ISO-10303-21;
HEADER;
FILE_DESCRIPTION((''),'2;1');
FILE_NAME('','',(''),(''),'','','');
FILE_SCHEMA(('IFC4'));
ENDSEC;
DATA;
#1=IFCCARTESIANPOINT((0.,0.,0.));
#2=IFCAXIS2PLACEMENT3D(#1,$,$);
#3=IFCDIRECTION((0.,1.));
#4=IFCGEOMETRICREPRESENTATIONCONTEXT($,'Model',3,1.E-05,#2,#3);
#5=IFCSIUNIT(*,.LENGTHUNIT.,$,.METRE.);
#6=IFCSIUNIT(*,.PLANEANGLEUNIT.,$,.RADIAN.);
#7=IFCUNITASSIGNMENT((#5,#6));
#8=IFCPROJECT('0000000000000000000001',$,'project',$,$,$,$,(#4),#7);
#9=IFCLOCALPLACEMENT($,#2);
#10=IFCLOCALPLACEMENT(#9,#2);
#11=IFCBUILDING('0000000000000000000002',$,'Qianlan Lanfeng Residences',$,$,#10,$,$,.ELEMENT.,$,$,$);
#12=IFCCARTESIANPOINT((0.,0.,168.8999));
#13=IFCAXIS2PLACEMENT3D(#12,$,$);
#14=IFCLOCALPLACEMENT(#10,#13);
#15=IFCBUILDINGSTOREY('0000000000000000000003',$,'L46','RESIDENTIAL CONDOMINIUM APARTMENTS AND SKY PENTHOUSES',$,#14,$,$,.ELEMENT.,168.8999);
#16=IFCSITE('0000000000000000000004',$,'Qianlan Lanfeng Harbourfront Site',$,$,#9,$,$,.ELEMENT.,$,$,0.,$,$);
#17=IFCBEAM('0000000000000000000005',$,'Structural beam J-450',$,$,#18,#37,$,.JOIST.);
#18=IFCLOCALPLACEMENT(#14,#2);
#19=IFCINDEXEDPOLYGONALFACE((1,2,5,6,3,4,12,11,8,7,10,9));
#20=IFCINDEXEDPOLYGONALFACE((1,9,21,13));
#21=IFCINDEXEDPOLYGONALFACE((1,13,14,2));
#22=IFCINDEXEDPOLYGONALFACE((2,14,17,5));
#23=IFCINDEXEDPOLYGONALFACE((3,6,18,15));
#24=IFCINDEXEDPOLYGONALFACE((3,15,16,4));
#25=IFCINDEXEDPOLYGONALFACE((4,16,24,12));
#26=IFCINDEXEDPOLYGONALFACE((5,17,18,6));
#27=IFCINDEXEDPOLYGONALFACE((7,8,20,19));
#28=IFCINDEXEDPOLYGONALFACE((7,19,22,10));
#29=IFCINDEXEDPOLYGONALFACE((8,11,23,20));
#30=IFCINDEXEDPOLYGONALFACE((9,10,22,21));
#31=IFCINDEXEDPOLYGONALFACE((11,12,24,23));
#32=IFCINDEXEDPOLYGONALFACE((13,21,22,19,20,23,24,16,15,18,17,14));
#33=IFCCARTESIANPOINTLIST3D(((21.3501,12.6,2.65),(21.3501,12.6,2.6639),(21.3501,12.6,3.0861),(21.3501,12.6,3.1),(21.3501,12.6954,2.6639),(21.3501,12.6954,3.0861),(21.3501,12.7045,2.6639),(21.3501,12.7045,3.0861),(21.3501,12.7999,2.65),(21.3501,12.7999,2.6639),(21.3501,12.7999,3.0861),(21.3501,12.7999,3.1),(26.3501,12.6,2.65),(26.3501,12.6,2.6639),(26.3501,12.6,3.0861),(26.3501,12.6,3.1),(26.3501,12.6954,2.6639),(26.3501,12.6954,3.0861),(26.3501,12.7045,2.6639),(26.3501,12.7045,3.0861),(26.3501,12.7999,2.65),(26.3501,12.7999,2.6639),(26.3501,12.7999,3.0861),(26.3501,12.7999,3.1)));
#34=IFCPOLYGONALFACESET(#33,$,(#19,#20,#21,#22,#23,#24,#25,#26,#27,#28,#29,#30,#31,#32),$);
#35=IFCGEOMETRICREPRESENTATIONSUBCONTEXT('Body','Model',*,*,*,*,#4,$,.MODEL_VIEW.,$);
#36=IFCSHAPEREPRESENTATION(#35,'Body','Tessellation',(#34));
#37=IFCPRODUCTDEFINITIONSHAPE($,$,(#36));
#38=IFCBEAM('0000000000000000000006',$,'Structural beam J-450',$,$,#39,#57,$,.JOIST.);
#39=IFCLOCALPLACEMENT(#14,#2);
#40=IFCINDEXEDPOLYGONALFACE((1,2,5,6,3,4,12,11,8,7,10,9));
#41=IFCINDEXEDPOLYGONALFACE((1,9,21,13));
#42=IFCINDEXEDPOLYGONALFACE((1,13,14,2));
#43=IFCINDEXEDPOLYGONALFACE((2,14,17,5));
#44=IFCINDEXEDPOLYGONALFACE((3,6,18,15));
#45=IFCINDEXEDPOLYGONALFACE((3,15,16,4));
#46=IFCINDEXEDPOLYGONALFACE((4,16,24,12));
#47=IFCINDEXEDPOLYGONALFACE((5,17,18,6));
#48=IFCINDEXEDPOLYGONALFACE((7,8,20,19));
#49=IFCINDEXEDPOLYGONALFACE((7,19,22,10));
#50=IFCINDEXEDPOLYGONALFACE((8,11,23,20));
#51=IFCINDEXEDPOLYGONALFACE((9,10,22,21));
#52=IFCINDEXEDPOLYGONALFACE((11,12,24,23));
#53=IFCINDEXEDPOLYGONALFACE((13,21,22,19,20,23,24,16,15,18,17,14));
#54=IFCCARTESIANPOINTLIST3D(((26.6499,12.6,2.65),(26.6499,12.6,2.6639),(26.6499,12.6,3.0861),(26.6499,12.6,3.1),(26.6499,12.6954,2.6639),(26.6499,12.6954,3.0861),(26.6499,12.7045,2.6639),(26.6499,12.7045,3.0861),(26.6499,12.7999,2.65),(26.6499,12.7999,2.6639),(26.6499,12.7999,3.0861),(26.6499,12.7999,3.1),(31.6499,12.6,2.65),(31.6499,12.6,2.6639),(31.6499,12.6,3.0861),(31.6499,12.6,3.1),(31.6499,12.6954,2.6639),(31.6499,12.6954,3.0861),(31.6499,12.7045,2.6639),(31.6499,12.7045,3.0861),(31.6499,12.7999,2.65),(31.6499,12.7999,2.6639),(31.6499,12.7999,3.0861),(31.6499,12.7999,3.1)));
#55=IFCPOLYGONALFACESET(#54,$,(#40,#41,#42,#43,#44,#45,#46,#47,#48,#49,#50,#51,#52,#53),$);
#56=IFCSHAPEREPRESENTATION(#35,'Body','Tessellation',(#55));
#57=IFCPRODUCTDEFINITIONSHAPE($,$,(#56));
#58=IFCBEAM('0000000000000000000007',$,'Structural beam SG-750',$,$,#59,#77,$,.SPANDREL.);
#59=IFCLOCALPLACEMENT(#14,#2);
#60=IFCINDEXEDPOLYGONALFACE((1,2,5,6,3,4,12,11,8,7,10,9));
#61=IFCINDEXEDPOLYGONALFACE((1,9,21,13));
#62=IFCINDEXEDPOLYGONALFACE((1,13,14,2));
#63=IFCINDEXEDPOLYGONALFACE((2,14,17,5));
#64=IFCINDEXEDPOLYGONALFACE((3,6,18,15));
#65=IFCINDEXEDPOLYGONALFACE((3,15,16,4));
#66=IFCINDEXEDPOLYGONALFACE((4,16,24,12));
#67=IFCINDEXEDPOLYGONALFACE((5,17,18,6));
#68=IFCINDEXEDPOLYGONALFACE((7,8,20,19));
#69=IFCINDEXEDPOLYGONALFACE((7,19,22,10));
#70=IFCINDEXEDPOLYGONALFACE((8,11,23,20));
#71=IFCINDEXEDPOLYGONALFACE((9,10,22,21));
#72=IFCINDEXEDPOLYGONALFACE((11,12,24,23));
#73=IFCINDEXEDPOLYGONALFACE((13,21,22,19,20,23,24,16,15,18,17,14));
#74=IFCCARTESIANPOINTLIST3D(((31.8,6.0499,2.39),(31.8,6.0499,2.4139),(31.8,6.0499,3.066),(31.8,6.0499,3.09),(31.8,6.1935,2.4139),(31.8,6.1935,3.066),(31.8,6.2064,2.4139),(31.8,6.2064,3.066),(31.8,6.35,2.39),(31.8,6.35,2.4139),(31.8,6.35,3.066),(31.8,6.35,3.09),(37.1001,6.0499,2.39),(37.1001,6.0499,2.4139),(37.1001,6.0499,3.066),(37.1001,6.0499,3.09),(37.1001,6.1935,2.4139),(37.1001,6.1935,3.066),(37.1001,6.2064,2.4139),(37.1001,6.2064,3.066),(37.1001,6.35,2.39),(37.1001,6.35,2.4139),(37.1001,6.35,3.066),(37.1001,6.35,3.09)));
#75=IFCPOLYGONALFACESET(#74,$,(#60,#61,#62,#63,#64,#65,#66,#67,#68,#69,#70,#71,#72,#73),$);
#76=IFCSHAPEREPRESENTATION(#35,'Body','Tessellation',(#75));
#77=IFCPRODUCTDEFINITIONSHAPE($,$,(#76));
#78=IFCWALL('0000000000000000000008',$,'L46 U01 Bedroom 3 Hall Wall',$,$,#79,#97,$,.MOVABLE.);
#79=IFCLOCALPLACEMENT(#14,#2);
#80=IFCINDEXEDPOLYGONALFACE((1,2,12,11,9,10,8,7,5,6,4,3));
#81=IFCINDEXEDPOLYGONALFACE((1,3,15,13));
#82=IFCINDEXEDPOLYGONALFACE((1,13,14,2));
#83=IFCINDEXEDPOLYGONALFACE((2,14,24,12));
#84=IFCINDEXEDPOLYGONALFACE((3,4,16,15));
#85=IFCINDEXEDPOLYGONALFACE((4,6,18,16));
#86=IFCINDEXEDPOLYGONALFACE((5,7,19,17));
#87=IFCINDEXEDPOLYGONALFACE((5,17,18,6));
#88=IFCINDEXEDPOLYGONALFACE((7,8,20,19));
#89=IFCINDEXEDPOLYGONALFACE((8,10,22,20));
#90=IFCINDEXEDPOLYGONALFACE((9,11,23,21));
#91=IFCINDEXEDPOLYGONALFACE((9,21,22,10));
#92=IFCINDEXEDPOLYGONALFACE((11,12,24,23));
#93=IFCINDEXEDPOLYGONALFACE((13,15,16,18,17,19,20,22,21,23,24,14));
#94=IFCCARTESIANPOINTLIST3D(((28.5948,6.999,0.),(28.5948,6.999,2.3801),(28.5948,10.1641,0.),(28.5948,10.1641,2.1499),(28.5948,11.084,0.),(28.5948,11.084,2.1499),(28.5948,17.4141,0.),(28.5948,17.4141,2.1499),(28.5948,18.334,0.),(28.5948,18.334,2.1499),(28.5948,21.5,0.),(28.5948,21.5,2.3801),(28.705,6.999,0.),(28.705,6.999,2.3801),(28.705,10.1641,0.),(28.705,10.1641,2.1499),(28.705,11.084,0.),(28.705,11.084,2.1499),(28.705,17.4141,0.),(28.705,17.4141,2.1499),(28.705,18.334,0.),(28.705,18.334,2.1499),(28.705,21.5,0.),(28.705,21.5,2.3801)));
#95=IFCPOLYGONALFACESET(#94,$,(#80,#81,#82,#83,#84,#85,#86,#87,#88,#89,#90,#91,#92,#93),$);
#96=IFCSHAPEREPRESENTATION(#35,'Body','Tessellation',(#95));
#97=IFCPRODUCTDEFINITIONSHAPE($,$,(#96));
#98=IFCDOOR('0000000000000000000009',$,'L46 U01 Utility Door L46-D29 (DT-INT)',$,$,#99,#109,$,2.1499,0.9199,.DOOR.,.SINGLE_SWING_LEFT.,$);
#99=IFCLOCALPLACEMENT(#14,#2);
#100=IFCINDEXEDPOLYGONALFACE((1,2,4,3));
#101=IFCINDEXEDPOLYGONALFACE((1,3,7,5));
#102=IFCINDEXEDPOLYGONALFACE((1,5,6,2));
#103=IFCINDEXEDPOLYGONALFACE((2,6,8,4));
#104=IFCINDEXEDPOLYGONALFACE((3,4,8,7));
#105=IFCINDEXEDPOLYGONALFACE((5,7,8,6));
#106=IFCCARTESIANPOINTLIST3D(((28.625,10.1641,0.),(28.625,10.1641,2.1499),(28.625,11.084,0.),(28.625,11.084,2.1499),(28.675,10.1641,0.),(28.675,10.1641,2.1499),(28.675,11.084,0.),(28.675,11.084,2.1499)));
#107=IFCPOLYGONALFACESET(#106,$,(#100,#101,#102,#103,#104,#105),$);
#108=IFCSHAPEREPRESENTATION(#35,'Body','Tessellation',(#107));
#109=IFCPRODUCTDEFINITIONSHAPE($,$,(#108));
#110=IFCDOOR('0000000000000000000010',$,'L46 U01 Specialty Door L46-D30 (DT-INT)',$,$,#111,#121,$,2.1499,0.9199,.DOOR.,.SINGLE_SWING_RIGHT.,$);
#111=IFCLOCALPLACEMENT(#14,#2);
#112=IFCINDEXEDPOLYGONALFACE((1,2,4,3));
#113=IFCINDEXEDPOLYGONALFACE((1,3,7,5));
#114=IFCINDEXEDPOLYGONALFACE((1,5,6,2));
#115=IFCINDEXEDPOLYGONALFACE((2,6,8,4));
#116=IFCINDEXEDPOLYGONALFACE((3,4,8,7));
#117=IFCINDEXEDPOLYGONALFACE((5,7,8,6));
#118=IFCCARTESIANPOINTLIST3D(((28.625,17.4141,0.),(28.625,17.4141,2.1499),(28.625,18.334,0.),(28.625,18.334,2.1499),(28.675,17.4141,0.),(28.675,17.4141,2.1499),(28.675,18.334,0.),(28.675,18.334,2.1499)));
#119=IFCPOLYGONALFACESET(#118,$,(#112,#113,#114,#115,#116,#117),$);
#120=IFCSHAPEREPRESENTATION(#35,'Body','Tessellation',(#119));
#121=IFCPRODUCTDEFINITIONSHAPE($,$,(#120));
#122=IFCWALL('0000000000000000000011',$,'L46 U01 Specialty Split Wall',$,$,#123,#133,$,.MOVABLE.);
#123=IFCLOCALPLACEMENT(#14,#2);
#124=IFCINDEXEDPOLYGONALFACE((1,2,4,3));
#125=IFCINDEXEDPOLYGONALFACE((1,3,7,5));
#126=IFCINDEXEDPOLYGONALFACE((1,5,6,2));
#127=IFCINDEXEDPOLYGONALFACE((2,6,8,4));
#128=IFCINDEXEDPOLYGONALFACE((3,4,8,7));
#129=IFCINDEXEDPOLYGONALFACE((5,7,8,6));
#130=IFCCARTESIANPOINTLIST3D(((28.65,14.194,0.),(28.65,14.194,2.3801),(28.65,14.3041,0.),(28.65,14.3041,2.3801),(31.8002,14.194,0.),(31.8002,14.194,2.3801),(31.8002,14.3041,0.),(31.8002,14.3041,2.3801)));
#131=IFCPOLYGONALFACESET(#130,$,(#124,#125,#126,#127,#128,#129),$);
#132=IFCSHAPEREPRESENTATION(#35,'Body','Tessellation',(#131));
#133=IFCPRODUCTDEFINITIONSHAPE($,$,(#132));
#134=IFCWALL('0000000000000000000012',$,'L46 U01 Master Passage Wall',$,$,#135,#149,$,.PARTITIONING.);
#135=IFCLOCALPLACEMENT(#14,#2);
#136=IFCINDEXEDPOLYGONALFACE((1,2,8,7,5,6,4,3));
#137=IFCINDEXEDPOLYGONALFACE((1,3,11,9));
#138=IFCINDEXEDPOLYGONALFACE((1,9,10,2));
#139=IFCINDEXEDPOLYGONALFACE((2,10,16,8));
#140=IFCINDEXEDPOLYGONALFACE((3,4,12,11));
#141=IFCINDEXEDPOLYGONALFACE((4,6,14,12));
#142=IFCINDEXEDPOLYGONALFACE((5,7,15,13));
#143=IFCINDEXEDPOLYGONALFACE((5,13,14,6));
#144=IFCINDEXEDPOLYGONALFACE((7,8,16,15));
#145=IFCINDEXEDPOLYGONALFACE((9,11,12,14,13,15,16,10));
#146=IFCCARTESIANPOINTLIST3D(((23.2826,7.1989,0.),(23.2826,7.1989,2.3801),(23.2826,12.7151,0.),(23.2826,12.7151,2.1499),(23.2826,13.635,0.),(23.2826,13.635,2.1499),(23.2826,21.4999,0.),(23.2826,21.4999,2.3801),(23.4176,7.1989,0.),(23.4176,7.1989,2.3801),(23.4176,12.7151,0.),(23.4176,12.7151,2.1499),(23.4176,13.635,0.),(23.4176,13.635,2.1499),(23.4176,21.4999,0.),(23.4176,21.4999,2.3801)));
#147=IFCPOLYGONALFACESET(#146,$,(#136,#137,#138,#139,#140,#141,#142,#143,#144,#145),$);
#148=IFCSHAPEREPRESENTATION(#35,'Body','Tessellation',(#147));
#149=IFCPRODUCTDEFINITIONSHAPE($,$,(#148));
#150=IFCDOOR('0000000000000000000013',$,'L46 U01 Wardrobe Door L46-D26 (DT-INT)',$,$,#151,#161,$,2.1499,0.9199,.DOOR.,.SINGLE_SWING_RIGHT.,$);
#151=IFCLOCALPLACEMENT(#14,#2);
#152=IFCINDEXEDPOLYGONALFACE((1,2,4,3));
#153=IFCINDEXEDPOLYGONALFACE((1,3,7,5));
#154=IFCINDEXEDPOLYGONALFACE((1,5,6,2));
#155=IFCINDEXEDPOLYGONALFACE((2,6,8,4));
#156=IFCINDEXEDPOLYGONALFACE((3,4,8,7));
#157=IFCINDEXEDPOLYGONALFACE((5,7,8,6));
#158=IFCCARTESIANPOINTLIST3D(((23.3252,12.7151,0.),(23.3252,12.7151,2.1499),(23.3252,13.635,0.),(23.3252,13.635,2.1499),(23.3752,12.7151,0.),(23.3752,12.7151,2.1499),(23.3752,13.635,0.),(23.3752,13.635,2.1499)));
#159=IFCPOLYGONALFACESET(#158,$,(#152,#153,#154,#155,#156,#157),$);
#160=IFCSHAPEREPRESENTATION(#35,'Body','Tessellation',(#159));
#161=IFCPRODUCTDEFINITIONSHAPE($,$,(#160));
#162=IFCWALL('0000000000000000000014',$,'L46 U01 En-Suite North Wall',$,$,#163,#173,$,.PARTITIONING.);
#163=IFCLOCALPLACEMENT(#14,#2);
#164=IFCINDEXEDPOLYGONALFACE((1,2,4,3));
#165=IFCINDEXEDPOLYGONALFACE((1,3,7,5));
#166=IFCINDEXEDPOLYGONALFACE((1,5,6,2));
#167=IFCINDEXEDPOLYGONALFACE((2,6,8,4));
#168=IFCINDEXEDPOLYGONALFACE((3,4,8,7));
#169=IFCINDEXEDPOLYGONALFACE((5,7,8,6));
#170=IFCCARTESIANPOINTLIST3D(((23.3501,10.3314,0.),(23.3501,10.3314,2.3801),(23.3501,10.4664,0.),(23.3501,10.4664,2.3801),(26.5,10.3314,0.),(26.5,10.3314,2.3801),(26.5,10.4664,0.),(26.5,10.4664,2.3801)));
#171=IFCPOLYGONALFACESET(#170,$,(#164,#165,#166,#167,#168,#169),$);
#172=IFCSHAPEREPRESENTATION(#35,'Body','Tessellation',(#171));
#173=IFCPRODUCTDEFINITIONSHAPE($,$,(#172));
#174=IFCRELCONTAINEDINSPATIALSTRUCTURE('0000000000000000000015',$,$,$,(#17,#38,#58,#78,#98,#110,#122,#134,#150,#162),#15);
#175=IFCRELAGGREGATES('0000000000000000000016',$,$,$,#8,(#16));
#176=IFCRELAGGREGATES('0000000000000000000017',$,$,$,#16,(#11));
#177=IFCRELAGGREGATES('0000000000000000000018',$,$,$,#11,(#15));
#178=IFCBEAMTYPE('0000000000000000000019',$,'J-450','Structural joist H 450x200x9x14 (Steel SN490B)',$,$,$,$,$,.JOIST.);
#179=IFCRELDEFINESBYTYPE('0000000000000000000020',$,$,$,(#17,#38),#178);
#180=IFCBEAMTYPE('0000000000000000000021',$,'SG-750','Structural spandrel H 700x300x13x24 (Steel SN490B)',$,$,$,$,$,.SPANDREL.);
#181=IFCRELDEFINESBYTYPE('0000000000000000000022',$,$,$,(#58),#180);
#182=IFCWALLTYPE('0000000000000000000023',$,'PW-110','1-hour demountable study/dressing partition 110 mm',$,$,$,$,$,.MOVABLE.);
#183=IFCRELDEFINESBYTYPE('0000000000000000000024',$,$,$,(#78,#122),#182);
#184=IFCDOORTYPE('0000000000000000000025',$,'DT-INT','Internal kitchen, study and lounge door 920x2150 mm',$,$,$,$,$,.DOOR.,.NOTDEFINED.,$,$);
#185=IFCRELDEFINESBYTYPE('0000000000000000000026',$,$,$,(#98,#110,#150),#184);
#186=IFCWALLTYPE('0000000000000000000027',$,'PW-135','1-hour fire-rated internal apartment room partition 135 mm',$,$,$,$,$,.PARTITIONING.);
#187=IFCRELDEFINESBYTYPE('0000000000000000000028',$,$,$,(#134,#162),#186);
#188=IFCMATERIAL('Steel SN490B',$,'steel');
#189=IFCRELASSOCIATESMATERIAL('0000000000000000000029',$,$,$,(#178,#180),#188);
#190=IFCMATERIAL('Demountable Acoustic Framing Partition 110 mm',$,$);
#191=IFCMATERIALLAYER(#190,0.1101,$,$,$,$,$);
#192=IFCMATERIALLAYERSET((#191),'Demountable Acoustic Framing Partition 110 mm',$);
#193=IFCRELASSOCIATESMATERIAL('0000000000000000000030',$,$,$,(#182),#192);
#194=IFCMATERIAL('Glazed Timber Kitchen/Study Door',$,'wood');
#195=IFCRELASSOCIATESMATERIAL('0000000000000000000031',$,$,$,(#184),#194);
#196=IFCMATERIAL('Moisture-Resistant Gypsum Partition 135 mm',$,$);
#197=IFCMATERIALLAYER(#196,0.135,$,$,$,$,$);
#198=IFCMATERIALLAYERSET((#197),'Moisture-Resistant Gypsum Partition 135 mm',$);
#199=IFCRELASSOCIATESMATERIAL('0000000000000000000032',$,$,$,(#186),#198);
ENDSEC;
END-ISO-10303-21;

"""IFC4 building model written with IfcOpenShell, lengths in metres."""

from ifc_helpers import new_model, si_unit, direction, frame, frame_2d, origin, origin_2d, place, context, subcontext, project, spatial, rectangle, i_section, extrude, material, layer, layer_set, material_profile, profile_set, type_object, element, fill, save


model = new_model("IFC4")

# Units and contexts
model_context = context("Model", 3, precision=1e-05, world=origin(), true_north=direction((0.0, 1.0)))
body_context = subcontext(model_context, "Body", "Model", "MODEL_VIEW")
ifc_project = project(units=[si_unit("LENGTHUNIT", "METRE"), si_unit("PLANEANGLEUNIT", "RADIAN")], contexts=[model_context])

# Site, building, storey
site_placement = place(None, origin())
site = spatial("IfcSite", under=ifc_project, at=site_placement, Name="Qianlan Lanfeng Harbourfront Site", CompositionType="ELEMENT", RefElevation=0.0)
building_placement = place(site_placement, origin())
building = spatial("IfcBuilding", under=site, at=building_placement, Name="Qianlan Lanfeng Residences", CompositionType="ELEMENT")
storey_placement = place(building_placement, frame((0.0, 0.0, 168.8999)))
storey = spatial("IfcBuildingStorey", under=building, at=storey_placement, Name="L46", Description="RESIDENTIAL CONDOMINIUM APARTMENTS AND SKY PENTHOUSES", CompositionType="ELEMENT", Elevation=168.8999)

# Shared definitions
ifc_material_1 = material(Name="Steel SN490B", Category="steel")

# Beams
ifc_material_profile_1 = material_profile(ifc_material_1, i_section(OverallWidth=0.2, OverallDepth=0.45, WebThickness=0.009, FlangeThickness=0.0139, at=origin_2d()), Name="H 450x200x9x14")
ifc_profile_set_1 = profile_set([ifc_material_profile_1], Name="Steel SN490B")
beam_type_1 = type_object("IfcBeamType", Name="J-450", Description="Structural joist H 450x200x9x14 (Steel SN490B)", PredefinedType="JOIST", material=ifc_profile_set_1)
for number, where, z_axis, x_axis, name in (
    (1, (21.3501, 12.7, 2.875), (1.0, 0.0, 0.0), (0.0, 1.0, 0.0), "Structural beam J-450"),
    (2, (26.6499, 12.7, 2.875), (1.0, 0.0, 0.0), (0.0, 1.0, 0.0), "Structural beam J-450"),
):
    element("IfcBeam", number, at=place(storey_placement, frame(where, z_axis=z_axis, x_axis=x_axis)), inside=storey, type_object=beam_type_1, Name=name, PredefinedType="JOIST", context=body_context, shape_type="SweptSolid", body=[
        extrude(i_section(OverallWidth=0.2, OverallDepth=0.45, WebThickness=0.009, FlangeThickness=0.0139, at=origin_2d()), origin(), (0.0, 0.0, 1.0), 5.0),
    ])
ifc_material_profile_2 = material_profile(ifc_material_1, i_section(OverallWidth=0.3, OverallDepth=0.7, WebThickness=0.0129, FlangeThickness=0.0239, at=origin_2d()), Name="H 700x300x13x24")
ifc_profile_set_2 = profile_set([ifc_material_profile_2], Name="Steel SN490B")
beam_type_2 = type_object("IfcBeamType", Name="SG-750", Description="Structural spandrel H 700x300x13x24 (Steel SN490B)", PredefinedType="SPANDREL", material=ifc_profile_set_2)
beam_1_placement = place(storey_placement, frame((31.8, 6.2, 2.74), z_axis=(1.0, 0.0, 0.0), x_axis=(0.0, 1.0, 0.0)))
element("IfcBeam", 3, at=beam_1_placement, inside=storey, type_object=beam_type_2, Name="Structural beam SG-750", PredefinedType="SPANDREL", context=body_context, shape_type="SweptSolid", body=[
    extrude(i_section(OverallWidth=0.3, OverallDepth=0.7, WebThickness=0.0129, FlangeThickness=0.0239, at=origin_2d()), origin(), (0.0, 0.0, 1.0), 5.3),
])

# Wall, openings, doors
ifc_material_2 = material(Name="Demountable Acoustic Framing Partition 110 mm")
ifc_layer_1 = layer(ifc_material_2, 0.1101)
ifc_layer_set_1 = layer_set([ifc_layer_1], Name="Demountable Acoustic Framing Partition 110 mm")
wall_type_1 = type_object("IfcWallType", Name="PW-110", Description="1-hour demountable study/dressing partition 110 mm", PredefinedType="MOVABLE", material=ifc_layer_set_1)
wall_1_placement = place(storey_placement, frame((28.6499, 6.999, 0.0), z_axis=(0.0, 0.0, 1.0), x_axis=(0.0, 1.0, 0.0)))
wall_1 = element("IfcWall", 4, at=wall_1_placement, inside=storey, type_object=wall_type_1, Name="L46 U01 Bedroom 3 Hall Wall", PredefinedType="MOVABLE", context=body_context, shape_type="SweptSolid", body=[
    extrude(rectangle(XDim=14.501, YDim=0.1101, at=frame_2d((7.2505, 0.0))), origin(), (0.0, 0.0, 1.0), 2.3801),
])
opening_1_placement = place(wall_1_placement, frame((3.165, 0.0, 0.0)))
opening_1 = element("IfcOpeningElement", 5, at=opening_1_placement, cuts=wall_1, PredefinedType="OPENING", context=body_context, shape_type="SweptSolid", body=[
    extrude(rectangle(XDim=0.9199, YDim=2.1499, at=frame_2d((0.46, 1.075))), frame((0.0, 0.0649, 0.0), z_axis=(0.0, -1.0, 0.0), x_axis=(1.0, 0.0, 0.0)), (0.0, 0.0, 1.0), 0.1301),
])
opening_2_placement = place(wall_1_placement, frame((10.415, 0.0, 0.0)))
opening_2 = element("IfcOpeningElement", 6, at=opening_2_placement, cuts=wall_1, PredefinedType="OPENING", context=body_context, shape_type="SweptSolid", body=[
    extrude(rectangle(XDim=0.9199, YDim=2.1499, at=frame_2d((0.46, 1.075))), frame((0.0, 0.0649, 0.0), z_axis=(0.0, -1.0, 0.0), x_axis=(1.0, 0.0, 0.0)), (0.0, 0.0, 1.0), 0.1301),
])
ifc_material_3 = material(Name="Glazed Timber Kitchen/Study Door", Category="wood")
door_type_1 = type_object("IfcDoorType", Name="DT-INT", Description="Internal kitchen, study and lounge door 920x2150 mm", OperationType="NOTDEFINED", PredefinedType="DOOR", material=ifc_material_3)
door_1_placement = place(opening_1_placement, origin())
door_1 = element("IfcDoor", 7, at=door_1_placement, inside=storey, type_object=door_type_1, Name="L46 U01 Utility Door L46-D29 (DT-INT)", OperationType="SINGLE_SWING_LEFT", OverallHeight=2.1499, OverallWidth=0.9199, PredefinedType="DOOR", context=body_context, shape_type="SweptSolid", body=[
    extrude(rectangle(XDim=0.9199, YDim=2.1499, at=frame_2d((0.46, 1.075))), frame((0.0, 0.0249, 0.0), z_axis=(0.0, -1.0, 0.0), x_axis=(1.0, 0.0, 0.0)), (0.0, 0.0, 1.0), 0.05),
])
fill(opening_1, door_1)
door_2_placement = place(opening_2_placement, origin())
door_2 = element("IfcDoor", 8, at=door_2_placement, inside=storey, type_object=door_type_1, Name="L46 U01 Specialty Door L46-D30 (DT-INT)", OperationType="SINGLE_SWING_RIGHT", OverallHeight=2.1499, OverallWidth=0.9199, PredefinedType="DOOR", context=body_context, shape_type="SweptSolid", body=[
    extrude(rectangle(XDim=0.9199, YDim=2.1499, at=frame_2d((0.46, 1.075))), frame((0.0, 0.0249, 0.0), z_axis=(0.0, -1.0, 0.0), x_axis=(1.0, 0.0, 0.0)), (0.0, 0.0, 1.0), 0.05),
])
fill(opening_2, door_2)

# Wall
wall_2_placement = place(storey_placement, frame((28.6499, 14.249, 0.0), z_axis=(0.0, 0.0, 1.0), x_axis=(1.0, 0.0, 0.0)))
element("IfcWall", 9, at=wall_2_placement, inside=storey, type_object=wall_type_1, Name="L46 U01 Specialty Split Wall", PredefinedType="MOVABLE", context=body_context, shape_type="SweptSolid", body=[
    extrude(rectangle(XDim=3.1501, YDim=0.1101, at=frame_2d((1.5752, 0.0))), origin(), (0.0, 0.0, 1.0), 2.3801),
])

# Shared definitions
ifc_material_4 = material(Name="Moisture-Resistant Gypsum Partition 135 mm")
ifc_layer_2 = layer(ifc_material_4, 0.135)
ifc_layer_set_2 = layer_set([ifc_layer_2], Name="Moisture-Resistant Gypsum Partition 135 mm")
wall_type_2 = type_object("IfcWallType", Name="PW-135", Description="1-hour fire-rated internal apartment room partition 135 mm", PredefinedType="PARTITIONING", material=ifc_layer_set_2)

# Wall, opening, door
wall_3_placement = place(storey_placement, frame((23.3501, 7.199, 0.0), z_axis=(0.0, 0.0, 1.0), x_axis=(0.0, 1.0, 0.0)))
wall_3 = element("IfcWall", 10, at=wall_3_placement, inside=storey, type_object=wall_type_2, Name="L46 U01 Master Passage Wall", PredefinedType="PARTITIONING", context=body_context, shape_type="SweptSolid", body=[
    extrude(rectangle(XDim=14.301, YDim=0.135, at=frame_2d((7.1504, 0.0))), origin(), (0.0, 0.0, 1.0), 2.3801),
])
opening_3_placement = place(wall_3_placement, frame((5.5161, 0.0, 0.0)))
opening_3 = element("IfcOpeningElement", 11, at=opening_3_placement, cuts=wall_3, PredefinedType="OPENING", context=body_context, shape_type="SweptSolid", body=[
    extrude(rectangle(XDim=0.9199, YDim=2.1499, at=frame_2d((0.46, 1.075))), frame((0.0, 0.0776, 0.0), z_axis=(0.0, -1.0, 0.0), x_axis=(1.0, 0.0, 0.0)), (0.0, 0.0, 1.0), 0.155),
])
door_3_placement = place(opening_3_placement, origin())
door_3 = element("IfcDoor", 12, at=door_3_placement, inside=storey, type_object=door_type_1, Name="L46 U01 Wardrobe Door L46-D26 (DT-INT)", OperationType="SINGLE_SWING_RIGHT", OverallHeight=2.1499, OverallWidth=0.9199, PredefinedType="DOOR", context=body_context, shape_type="SweptSolid", body=[
    extrude(rectangle(XDim=0.9199, YDim=2.1499, at=frame_2d((0.46, 1.075))), frame((0.0, 0.0249, 0.0), z_axis=(0.0, -1.0, 0.0), x_axis=(1.0, 0.0, 0.0)), (0.0, 0.0, 1.0), 0.05),
])
fill(opening_3, door_3)

# Wall
wall_4_placement = place(storey_placement, frame((23.3501, 10.3989, 0.0), z_axis=(0.0, 0.0, 1.0), x_axis=(1.0, 0.0, 0.0)))
element("IfcWall", 13, at=wall_4_placement, inside=storey, type_object=wall_type_2, Name="L46 U01 En-Suite North Wall", PredefinedType="PARTITIONING", context=body_context, shape_type="SweptSolid", body=[
    extrude(rectangle(XDim=3.1499, YDim=0.135, at=frame_2d((1.575, 0.0))), origin(), (0.0, 0.0, 1.0), 2.3801),
])

save(model, "model.ifc")
